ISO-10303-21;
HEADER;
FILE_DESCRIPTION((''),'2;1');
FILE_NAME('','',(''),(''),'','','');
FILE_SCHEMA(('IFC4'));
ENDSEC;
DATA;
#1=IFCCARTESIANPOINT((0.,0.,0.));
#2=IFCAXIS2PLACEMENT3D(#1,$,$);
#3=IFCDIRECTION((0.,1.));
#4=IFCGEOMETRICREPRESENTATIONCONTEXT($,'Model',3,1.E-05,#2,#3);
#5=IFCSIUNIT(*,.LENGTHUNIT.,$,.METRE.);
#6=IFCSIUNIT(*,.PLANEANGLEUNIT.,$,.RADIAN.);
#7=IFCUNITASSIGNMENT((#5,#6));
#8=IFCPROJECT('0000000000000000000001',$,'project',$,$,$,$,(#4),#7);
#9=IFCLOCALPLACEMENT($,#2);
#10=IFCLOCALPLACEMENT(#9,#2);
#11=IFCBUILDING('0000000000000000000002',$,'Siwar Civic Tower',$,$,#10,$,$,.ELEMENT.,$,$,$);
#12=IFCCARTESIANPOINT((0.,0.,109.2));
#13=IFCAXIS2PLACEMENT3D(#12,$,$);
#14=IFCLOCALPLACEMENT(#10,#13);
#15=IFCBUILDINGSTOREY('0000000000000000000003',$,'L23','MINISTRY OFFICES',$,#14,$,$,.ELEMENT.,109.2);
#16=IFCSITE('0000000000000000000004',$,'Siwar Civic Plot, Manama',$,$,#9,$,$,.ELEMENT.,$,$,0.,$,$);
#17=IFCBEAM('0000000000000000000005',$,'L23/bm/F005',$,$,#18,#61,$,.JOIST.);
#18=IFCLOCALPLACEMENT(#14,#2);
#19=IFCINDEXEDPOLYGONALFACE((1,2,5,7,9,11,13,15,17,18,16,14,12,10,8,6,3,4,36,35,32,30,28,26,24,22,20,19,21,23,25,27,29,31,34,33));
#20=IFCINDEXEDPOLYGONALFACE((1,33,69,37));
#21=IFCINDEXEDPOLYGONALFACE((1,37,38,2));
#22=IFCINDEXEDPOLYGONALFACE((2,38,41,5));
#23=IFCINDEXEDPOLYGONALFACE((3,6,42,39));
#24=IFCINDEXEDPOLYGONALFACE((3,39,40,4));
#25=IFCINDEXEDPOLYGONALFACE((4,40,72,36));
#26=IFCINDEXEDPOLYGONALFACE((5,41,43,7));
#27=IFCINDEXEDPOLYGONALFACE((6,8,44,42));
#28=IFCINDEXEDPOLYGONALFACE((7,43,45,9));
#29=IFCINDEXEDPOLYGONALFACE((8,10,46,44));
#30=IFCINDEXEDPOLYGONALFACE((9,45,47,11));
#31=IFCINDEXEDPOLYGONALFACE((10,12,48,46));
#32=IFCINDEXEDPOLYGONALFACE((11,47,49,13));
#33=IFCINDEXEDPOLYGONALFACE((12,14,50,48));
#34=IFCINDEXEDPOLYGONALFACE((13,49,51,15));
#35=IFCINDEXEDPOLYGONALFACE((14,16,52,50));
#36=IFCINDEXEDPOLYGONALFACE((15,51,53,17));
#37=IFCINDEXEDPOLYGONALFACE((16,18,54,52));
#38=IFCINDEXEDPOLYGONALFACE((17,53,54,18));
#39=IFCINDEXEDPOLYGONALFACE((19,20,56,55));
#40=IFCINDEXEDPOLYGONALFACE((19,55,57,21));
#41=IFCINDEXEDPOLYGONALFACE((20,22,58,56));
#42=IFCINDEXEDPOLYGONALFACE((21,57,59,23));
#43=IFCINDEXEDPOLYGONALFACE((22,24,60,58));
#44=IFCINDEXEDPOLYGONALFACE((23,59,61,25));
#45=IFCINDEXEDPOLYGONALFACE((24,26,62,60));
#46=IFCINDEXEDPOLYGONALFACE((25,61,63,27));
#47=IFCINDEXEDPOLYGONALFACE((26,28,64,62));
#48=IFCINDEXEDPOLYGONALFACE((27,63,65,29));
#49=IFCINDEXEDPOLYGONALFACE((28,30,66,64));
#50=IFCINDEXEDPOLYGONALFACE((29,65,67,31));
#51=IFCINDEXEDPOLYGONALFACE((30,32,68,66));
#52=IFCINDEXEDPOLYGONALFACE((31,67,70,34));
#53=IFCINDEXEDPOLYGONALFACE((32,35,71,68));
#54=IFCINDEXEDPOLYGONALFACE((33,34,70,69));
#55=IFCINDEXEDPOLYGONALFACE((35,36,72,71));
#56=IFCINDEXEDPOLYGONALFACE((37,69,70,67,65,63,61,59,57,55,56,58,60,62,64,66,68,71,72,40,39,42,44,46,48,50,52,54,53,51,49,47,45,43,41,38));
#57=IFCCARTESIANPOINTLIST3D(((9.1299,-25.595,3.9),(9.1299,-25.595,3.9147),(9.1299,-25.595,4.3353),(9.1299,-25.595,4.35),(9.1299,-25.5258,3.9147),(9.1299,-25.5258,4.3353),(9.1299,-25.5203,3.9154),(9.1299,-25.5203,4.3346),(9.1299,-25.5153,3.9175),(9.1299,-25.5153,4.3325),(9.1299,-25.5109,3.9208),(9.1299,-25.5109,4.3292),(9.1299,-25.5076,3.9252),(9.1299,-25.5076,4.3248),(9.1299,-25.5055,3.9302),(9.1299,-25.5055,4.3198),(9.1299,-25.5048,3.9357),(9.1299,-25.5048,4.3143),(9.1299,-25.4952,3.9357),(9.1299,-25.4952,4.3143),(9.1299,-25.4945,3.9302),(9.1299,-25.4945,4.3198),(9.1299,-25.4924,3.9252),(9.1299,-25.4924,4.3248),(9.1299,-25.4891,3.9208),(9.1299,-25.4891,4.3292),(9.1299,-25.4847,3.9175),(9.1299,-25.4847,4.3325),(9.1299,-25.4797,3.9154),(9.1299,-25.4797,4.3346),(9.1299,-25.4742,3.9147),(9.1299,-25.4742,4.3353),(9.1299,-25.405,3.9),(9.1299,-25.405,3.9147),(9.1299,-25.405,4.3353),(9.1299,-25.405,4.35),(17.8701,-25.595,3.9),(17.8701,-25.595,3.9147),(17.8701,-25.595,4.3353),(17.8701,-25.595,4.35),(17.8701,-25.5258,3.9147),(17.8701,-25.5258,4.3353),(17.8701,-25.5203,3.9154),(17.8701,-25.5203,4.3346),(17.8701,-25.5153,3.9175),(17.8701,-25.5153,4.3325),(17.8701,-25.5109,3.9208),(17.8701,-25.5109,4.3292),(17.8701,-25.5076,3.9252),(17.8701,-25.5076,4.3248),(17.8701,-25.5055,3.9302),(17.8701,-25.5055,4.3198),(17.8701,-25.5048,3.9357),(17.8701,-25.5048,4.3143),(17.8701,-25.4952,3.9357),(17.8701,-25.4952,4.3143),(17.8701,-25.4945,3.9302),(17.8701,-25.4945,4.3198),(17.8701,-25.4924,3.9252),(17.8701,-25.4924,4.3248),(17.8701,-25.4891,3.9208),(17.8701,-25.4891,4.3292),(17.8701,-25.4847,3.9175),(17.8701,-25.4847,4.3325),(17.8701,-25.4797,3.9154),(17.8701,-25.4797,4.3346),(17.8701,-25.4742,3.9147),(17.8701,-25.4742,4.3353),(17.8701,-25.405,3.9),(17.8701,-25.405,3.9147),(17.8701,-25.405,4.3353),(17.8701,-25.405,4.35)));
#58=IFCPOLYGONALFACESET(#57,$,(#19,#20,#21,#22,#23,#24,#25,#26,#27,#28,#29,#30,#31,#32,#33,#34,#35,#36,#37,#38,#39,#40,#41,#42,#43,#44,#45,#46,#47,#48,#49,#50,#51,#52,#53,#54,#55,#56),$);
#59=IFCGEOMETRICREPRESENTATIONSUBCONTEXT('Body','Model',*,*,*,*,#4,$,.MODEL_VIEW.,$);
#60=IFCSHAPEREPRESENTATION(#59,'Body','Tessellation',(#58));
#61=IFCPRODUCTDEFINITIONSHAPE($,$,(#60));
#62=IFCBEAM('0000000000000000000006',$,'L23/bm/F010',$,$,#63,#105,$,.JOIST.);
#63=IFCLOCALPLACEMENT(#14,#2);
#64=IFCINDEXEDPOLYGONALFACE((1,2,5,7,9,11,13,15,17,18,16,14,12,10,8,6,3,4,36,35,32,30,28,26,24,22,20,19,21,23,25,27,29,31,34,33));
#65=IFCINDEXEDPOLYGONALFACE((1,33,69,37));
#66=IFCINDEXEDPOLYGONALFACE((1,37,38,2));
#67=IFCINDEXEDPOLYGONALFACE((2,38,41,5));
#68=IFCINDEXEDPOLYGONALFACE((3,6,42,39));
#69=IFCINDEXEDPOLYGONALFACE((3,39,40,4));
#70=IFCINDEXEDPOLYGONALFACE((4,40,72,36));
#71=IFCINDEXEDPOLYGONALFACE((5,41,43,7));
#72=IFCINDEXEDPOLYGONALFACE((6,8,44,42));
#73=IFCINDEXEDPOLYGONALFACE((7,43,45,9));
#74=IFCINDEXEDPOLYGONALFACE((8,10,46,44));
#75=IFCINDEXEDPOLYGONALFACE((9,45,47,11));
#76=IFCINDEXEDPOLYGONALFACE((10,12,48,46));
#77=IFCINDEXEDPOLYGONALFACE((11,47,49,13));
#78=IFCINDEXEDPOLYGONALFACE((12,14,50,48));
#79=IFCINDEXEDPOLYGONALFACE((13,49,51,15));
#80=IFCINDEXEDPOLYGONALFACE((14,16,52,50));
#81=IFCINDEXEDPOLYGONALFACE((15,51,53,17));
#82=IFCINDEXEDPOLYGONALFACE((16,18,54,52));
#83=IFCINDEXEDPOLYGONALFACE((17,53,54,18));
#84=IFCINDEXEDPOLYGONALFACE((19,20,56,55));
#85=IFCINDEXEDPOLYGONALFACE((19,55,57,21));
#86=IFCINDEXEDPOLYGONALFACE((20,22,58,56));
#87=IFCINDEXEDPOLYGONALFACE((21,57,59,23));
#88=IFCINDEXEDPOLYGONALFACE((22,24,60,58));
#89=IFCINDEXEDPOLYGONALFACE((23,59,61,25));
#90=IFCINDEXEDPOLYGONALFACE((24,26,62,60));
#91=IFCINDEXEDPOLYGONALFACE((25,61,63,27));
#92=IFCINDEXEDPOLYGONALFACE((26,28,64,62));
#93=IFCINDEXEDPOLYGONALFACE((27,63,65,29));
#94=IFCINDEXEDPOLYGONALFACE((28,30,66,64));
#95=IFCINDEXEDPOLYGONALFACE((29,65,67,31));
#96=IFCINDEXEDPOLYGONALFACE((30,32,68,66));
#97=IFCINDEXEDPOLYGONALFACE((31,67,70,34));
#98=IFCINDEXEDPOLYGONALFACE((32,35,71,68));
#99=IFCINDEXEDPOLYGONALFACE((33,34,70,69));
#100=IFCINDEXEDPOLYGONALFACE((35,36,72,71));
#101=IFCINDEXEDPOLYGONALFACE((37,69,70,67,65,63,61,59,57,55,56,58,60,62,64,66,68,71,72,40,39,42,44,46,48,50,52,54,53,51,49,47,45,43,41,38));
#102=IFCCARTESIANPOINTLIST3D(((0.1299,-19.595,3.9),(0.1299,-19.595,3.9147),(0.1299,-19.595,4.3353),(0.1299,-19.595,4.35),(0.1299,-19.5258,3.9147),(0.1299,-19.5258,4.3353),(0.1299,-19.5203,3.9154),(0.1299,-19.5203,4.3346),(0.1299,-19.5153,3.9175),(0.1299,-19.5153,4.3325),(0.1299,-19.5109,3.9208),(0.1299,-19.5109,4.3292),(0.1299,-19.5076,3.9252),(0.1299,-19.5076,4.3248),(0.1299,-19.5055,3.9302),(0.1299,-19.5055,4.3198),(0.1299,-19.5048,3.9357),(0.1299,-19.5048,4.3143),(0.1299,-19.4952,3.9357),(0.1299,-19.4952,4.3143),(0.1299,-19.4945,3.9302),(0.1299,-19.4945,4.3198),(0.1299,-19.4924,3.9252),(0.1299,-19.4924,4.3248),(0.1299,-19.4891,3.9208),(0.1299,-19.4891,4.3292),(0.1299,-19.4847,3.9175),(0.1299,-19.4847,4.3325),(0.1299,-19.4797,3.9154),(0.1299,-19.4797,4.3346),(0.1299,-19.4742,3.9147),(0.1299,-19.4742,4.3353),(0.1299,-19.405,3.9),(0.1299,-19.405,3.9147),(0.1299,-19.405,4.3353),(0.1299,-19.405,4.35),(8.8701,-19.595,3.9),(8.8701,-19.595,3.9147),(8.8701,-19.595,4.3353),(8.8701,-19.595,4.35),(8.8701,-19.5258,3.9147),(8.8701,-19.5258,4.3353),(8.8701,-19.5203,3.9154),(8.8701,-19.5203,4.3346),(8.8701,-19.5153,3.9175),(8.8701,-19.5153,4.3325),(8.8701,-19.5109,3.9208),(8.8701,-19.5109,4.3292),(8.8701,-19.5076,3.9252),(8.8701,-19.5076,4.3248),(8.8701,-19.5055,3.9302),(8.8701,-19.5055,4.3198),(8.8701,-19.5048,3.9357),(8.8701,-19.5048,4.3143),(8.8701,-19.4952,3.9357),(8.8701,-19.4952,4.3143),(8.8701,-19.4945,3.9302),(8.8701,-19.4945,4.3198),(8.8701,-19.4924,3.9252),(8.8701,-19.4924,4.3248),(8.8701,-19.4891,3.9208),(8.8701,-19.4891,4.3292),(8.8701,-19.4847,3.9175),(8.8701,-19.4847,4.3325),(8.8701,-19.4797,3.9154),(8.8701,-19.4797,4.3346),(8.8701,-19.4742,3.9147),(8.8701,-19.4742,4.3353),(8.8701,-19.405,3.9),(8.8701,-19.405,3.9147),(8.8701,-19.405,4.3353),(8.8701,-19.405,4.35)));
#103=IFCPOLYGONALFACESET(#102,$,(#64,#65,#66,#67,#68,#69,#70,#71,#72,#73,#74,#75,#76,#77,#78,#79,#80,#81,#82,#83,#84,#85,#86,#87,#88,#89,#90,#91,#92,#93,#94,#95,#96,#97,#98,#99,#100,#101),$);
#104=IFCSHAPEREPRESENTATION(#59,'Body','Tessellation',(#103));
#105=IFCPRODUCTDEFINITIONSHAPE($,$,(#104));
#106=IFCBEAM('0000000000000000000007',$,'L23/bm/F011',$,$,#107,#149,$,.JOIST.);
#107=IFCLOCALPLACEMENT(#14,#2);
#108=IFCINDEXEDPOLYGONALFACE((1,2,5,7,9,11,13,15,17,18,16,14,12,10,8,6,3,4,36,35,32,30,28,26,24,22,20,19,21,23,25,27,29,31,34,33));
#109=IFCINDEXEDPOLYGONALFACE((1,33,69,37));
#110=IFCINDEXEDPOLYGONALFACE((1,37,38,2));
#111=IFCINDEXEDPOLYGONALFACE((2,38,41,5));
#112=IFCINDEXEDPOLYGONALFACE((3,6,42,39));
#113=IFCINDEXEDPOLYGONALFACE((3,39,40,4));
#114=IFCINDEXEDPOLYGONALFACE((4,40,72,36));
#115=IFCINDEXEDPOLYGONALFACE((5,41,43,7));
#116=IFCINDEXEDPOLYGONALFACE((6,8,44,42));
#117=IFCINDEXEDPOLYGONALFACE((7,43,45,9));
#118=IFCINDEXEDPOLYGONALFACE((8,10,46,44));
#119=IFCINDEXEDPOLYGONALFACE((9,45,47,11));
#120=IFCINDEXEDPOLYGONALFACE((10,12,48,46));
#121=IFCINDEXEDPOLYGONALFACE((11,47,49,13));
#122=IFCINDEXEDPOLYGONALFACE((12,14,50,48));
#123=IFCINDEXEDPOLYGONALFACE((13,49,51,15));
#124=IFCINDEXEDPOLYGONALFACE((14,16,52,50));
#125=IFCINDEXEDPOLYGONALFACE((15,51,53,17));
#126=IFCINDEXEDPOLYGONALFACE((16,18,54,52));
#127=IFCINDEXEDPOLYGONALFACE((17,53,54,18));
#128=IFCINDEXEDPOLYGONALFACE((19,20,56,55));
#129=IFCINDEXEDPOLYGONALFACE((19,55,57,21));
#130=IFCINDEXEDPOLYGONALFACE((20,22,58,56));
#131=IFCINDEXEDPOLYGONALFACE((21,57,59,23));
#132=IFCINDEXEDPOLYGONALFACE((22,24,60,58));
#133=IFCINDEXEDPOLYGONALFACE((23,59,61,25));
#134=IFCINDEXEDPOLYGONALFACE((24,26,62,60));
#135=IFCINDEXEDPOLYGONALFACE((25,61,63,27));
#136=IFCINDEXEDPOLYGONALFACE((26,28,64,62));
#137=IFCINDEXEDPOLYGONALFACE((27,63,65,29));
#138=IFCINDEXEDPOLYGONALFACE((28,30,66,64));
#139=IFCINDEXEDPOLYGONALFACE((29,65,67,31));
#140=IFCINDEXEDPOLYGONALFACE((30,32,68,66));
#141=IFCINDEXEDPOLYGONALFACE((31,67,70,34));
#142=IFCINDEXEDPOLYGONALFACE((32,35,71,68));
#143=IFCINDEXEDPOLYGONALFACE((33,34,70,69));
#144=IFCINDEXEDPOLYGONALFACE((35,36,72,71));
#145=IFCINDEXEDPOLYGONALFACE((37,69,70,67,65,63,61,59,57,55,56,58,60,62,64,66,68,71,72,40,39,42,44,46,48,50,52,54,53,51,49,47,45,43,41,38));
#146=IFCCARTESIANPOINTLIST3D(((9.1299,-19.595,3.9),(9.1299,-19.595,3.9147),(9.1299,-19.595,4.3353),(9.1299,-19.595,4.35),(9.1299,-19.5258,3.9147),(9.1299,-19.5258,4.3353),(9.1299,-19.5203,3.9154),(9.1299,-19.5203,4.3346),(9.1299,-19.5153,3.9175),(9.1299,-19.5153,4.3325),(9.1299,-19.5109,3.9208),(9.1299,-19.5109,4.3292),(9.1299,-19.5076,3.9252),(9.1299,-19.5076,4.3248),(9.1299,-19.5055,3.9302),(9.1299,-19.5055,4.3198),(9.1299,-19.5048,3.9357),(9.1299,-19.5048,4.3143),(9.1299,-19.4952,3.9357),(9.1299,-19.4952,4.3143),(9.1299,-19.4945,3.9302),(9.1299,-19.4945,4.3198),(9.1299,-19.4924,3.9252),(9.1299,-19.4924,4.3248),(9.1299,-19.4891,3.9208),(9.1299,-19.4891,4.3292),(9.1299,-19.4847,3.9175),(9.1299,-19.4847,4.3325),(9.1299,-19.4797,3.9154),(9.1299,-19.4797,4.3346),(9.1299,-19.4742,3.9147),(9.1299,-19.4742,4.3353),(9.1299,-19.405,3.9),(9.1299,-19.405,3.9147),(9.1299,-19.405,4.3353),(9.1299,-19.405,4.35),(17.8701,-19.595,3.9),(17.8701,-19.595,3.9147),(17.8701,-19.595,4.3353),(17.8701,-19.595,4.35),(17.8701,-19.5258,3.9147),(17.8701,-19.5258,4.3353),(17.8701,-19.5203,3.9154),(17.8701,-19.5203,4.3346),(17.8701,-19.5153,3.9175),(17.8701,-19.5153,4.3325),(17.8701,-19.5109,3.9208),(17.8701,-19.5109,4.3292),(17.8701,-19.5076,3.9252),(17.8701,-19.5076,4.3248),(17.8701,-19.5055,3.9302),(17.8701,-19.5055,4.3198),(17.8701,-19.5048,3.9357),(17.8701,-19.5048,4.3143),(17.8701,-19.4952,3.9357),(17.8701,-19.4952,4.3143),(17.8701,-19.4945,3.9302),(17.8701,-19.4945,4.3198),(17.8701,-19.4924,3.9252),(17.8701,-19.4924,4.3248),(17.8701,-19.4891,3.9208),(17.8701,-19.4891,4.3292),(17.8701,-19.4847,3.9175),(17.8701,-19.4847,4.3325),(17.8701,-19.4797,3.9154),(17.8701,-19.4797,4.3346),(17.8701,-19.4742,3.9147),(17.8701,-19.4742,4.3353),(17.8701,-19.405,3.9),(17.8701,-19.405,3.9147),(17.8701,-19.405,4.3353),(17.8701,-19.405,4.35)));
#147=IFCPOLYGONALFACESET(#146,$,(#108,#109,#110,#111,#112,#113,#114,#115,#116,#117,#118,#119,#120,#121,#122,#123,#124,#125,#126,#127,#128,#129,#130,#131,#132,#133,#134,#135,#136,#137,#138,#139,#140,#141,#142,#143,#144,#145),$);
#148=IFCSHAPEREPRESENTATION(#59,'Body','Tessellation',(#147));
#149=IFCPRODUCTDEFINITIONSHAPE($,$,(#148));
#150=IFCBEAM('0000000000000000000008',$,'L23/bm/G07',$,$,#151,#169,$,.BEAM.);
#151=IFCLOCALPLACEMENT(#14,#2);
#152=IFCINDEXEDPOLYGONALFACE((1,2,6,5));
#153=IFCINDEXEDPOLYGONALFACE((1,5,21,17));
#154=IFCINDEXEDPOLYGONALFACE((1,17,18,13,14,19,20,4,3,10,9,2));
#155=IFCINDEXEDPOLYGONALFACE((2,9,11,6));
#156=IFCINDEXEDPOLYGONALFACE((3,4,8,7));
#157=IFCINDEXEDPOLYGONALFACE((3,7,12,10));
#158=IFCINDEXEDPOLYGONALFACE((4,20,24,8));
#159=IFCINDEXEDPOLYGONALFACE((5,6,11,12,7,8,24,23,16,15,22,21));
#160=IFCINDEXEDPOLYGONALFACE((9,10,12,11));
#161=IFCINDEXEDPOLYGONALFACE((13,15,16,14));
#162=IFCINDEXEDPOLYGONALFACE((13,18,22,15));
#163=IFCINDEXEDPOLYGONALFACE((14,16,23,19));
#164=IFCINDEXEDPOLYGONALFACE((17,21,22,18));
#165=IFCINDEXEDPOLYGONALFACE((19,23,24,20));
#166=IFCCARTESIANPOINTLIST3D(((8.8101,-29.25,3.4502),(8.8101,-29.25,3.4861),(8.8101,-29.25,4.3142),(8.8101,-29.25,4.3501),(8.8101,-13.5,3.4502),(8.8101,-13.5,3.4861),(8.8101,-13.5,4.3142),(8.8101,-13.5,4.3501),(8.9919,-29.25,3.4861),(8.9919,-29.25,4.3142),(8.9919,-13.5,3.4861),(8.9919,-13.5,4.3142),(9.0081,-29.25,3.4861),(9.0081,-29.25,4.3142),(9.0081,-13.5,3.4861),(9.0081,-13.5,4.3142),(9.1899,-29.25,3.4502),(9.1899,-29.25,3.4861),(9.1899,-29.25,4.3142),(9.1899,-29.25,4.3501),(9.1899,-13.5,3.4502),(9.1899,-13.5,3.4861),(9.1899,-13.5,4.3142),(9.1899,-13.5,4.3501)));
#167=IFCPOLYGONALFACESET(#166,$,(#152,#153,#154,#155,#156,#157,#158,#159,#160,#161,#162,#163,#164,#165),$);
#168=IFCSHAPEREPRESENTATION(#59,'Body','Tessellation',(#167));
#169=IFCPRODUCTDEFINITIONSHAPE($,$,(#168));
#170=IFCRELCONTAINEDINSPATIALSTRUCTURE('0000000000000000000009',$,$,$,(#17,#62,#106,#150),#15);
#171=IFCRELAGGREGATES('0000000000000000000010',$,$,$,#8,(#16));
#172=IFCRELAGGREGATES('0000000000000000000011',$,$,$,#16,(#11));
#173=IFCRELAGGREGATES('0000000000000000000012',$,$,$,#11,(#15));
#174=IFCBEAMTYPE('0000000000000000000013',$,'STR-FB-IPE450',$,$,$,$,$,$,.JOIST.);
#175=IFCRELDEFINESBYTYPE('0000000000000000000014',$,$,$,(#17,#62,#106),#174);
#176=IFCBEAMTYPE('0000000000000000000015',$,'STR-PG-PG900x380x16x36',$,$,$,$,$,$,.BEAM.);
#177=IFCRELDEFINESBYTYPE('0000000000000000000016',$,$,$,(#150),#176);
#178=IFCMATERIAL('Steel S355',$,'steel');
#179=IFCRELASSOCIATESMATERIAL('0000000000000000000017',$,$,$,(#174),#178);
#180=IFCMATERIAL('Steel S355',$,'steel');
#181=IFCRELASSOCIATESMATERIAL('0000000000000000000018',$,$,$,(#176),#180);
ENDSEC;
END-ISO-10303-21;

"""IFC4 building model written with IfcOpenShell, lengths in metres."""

from ifc_helpers import new_model, si_unit, direction, frame, origin, origin_2d, place, context, subcontext, project, spatial, i_section, extrude, material, material_profile, profile_set, type_object, element, save


model = new_model("IFC4")

# Units and contexts
model_context = context("Model", 3, precision=1e-05, world=origin(), true_north=direction((0.0, 1.0)))
body_context = subcontext(model_context, "Body", "Model", "MODEL_VIEW")
ifc_project = project(units=[si_unit("LENGTHUNIT", "METRE"), si_unit("PLANEANGLEUNIT", "RADIAN")], contexts=[model_context])

# Site, building, storey
site_placement = place(None, origin())
site = spatial("IfcSite", under=ifc_project, at=site_placement, Name="Siwar Civic Plot, Manama", CompositionType="ELEMENT", RefElevation=0.0)
building_placement = place(site_placement, origin())
building = spatial("IfcBuilding", under=site, at=building_placement, Name="Siwar Civic Tower", CompositionType="ELEMENT")
storey_placement = place(building_placement, frame((0.0, 0.0, 109.2)))
storey = spatial("IfcBuildingStorey", under=building, at=storey_placement, Name="L23", Description="MINISTRY OFFICES", CompositionType="ELEMENT", Elevation=109.2)

# Beams
ifc_material_1 = material(Name="Steel S355", Category="steel")
ifc_material_profile_1 = material_profile(ifc_material_1, i_section(OverallWidth=0.1899, OverallDepth=0.45, WebThickness=0.0095, FlangeThickness=0.0146, FilletRadius=0.021, at=origin_2d()), Name="IPE450")
ifc_profile_set_1 = profile_set([ifc_material_profile_1], Name="Steel S355")
beam_type_1 = type_object("IfcBeamType", Name="STR-FB-IPE450", PredefinedType="JOIST", material=ifc_profile_set_1)
for number, where, z_axis, x_axis, name in (
    (1, (9.1299, -25.5, 4.125), (1.0, 0.0, 0.0), (0.0, 1.0, 0.0), "L23/bm/F005"),
    (2, (0.1299, -19.5, 4.125), (1.0, 0.0, 0.0), (0.0, 1.0, 0.0), "L23/bm/F010"),
    (3, (9.1299, -19.5, 4.125), (1.0, 0.0, 0.0), (0.0, 1.0, 0.0), "L23/bm/F011"),
):
    element("IfcBeam", number, at=place(storey_placement, frame(where, z_axis=z_axis, x_axis=x_axis)), inside=storey, type_object=beam_type_1, Name=name, PredefinedType="JOIST", context=body_context, shape_type="SweptSolid", body=[
        extrude(i_section(OverallWidth=0.1899, OverallDepth=0.45, WebThickness=0.0095, FlangeThickness=0.0146, FilletRadius=0.021, at=origin_2d()), origin(), (0.0, 0.0, 1.0), 8.7402),
    ])
ifc_material_2 = material(Name="Steel S355", Category="steel")
ifc_material_profile_2 = material_profile(ifc_material_2, i_section(OverallWidth=0.3799, OverallDepth=0.8999, WebThickness=0.0161, FlangeThickness=0.0359, at=origin_2d()), Name="PG900x380x16x36")
ifc_profile_set_2 = profile_set([ifc_material_profile_2], Name="Steel S355")
beam_type_2 = type_object("IfcBeamType", Name="STR-PG-PG900x380x16x36", PredefinedType="BEAM", material=ifc_profile_set_2)
beam_1_placement = place(storey_placement, frame((9.0, -29.25, 3.9001), z_axis=(0.0, 1.0, 0.0), x_axis=(-1.0, 0.0, 0.0)))
element("IfcBeam", 4, at=beam_1_placement, inside=storey, type_object=beam_type_2, Name="L23/bm/G07", PredefinedType="BEAM", context=body_context, shape_type="SweptSolid", body=[
    extrude(i_section(OverallWidth=0.3799, OverallDepth=0.8999, WebThickness=0.0161, FlangeThickness=0.0359, at=origin_2d()), origin(), (0.0, 0.0, 1.0), 15.75),
])

save(model, "model.ifc")
